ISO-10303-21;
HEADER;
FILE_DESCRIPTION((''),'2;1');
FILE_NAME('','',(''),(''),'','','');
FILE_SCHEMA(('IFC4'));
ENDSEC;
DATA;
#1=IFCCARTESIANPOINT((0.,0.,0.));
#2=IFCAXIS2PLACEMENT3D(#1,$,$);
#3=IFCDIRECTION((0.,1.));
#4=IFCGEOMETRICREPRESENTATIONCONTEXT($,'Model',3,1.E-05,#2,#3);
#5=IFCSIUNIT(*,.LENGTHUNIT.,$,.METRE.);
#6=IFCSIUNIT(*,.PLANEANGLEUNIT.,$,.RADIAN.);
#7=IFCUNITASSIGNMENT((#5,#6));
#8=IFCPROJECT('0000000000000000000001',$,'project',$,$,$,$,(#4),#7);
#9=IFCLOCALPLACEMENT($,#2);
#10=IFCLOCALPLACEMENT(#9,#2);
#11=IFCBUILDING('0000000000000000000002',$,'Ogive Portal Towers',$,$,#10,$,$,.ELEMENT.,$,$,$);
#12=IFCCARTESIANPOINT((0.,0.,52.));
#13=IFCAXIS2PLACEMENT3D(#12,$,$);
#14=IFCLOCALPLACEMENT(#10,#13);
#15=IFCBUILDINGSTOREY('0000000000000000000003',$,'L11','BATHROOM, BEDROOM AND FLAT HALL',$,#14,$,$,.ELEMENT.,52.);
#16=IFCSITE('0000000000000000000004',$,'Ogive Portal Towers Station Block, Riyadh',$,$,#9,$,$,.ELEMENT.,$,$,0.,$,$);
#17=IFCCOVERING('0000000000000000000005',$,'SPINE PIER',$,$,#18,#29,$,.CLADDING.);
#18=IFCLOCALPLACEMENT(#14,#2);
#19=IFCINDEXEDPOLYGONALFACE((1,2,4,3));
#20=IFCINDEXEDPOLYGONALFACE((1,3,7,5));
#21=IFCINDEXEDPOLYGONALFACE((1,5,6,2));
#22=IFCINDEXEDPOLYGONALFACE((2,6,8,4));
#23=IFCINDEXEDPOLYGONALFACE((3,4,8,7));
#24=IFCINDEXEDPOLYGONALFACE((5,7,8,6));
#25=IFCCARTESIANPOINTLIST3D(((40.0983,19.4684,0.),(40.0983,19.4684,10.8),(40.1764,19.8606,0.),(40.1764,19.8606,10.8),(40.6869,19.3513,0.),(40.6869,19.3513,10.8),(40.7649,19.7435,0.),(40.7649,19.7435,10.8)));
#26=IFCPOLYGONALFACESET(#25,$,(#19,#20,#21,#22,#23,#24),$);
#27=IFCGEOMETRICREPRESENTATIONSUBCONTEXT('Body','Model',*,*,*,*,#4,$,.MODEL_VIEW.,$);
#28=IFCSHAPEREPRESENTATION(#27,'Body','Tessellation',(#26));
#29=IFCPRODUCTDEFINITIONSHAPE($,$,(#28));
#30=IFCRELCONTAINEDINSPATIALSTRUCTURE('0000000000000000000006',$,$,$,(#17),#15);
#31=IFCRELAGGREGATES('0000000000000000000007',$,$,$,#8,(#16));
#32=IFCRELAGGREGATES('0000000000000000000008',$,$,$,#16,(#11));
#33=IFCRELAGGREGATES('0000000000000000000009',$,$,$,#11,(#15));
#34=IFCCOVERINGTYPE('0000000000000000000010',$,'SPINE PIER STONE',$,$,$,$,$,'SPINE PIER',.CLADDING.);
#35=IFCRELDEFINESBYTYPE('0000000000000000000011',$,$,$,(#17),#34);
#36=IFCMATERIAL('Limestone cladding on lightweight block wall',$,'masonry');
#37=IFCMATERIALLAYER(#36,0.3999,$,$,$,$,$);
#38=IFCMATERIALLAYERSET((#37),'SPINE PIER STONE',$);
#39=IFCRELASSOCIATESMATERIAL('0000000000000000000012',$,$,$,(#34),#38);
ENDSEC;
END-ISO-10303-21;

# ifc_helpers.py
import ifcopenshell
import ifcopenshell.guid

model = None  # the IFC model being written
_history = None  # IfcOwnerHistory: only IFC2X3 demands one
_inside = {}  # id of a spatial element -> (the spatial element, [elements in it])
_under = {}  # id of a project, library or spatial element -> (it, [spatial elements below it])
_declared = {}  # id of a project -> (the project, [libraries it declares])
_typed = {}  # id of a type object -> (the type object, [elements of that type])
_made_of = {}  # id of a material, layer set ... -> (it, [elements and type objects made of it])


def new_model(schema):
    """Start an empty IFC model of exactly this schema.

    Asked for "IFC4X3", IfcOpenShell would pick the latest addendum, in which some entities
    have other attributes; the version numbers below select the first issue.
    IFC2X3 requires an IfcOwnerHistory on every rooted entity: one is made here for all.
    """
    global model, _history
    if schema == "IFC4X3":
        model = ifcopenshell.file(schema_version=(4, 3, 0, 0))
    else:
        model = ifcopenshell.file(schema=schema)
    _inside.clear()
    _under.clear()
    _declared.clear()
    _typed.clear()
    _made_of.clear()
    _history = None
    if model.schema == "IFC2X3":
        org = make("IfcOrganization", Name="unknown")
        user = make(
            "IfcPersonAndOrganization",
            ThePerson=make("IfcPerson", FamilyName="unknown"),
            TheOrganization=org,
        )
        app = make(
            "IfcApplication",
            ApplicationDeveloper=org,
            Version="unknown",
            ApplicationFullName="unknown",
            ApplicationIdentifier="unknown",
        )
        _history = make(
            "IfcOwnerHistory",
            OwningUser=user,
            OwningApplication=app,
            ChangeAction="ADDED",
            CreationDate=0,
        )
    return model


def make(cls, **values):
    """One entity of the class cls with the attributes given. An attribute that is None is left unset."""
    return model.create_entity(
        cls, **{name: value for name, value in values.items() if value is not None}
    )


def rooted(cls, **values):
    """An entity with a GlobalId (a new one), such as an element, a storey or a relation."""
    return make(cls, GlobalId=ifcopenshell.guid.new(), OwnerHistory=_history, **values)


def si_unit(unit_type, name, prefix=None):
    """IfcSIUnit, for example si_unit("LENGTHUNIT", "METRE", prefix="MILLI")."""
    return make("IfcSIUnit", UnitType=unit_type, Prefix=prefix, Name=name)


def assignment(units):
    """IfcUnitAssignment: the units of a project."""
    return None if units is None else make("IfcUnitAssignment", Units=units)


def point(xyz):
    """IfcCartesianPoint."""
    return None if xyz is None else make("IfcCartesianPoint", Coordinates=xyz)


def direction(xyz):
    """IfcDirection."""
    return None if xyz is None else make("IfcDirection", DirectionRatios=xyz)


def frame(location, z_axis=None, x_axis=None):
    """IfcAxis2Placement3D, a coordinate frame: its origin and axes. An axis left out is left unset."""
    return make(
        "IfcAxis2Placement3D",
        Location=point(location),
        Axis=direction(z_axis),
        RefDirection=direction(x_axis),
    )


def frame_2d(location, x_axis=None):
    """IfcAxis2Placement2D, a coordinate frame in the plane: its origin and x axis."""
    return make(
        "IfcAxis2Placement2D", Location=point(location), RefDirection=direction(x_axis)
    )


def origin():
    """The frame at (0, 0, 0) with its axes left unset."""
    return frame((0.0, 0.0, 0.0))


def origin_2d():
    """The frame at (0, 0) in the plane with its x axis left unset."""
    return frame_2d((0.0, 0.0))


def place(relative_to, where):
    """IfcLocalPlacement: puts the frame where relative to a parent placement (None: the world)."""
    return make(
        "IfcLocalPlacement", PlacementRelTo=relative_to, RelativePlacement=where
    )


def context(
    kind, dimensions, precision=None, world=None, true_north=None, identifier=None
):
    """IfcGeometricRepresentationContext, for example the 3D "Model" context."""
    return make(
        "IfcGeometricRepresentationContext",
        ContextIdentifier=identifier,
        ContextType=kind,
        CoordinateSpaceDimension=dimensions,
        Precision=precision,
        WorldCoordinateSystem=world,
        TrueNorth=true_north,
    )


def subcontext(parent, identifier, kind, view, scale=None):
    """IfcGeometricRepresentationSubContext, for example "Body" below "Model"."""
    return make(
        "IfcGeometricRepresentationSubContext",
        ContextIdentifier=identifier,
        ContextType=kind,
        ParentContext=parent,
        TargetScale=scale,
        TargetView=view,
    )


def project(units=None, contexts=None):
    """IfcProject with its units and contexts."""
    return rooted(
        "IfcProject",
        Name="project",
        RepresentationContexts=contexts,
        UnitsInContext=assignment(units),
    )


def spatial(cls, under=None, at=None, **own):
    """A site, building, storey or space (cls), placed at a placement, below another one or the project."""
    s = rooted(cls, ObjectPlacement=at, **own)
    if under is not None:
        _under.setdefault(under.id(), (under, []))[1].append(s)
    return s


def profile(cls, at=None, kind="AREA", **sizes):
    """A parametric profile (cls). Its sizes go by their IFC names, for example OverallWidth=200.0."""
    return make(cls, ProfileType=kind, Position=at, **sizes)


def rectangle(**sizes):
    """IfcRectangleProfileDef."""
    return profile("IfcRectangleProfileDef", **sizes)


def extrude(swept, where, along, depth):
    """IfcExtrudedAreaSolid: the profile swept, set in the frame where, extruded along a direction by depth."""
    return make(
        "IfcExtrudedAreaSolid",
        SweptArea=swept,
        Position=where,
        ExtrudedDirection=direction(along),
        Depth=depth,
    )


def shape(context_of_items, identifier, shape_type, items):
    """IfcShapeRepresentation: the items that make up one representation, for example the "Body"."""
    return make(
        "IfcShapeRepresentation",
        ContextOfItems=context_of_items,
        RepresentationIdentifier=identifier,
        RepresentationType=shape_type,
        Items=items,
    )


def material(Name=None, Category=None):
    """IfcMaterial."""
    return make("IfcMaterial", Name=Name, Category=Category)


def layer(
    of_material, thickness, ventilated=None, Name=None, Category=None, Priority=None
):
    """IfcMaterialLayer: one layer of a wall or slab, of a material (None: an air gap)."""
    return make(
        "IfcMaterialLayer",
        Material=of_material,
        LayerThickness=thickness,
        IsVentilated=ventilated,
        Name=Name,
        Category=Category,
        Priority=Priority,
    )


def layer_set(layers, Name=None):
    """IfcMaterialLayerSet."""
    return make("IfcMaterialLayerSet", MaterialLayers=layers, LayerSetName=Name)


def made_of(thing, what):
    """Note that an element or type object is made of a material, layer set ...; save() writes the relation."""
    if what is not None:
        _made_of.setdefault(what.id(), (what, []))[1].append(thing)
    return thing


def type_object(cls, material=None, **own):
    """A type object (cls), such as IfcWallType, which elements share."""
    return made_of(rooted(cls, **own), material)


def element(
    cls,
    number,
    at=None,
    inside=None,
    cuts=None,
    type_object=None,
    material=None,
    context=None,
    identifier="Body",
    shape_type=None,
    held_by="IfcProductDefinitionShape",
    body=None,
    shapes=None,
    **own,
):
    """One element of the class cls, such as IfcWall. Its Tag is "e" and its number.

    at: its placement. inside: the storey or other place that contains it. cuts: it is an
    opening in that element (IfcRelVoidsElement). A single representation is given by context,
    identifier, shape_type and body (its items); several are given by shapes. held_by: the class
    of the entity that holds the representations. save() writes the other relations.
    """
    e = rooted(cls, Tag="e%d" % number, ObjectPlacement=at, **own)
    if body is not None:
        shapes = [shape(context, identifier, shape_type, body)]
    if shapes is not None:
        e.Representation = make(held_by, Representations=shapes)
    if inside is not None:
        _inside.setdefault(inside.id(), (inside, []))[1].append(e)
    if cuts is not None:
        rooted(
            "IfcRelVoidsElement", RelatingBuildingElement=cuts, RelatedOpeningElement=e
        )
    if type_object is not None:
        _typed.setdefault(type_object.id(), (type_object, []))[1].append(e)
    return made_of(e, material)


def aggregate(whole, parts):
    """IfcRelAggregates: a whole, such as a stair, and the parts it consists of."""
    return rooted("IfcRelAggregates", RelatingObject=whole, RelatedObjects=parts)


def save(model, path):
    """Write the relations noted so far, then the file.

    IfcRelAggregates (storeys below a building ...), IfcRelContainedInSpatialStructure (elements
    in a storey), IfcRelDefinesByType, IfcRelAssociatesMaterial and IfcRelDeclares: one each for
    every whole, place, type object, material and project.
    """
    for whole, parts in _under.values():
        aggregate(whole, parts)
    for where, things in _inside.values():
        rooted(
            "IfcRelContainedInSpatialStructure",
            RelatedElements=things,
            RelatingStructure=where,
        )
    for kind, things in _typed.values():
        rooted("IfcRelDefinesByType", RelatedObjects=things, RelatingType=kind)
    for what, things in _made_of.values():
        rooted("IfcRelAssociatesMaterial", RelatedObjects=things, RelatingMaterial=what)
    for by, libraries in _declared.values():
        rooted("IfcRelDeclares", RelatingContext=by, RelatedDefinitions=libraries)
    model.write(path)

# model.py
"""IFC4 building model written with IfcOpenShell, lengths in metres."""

from ifc_helpers import new_model, si_unit, direction, frame, origin, origin_2d, place, context, subcontext, project, spatial, rectangle, extrude, material, layer, layer_set, type_object, element, save


model = new_model("IFC4")

# Units and contexts
model_context = context("Model", 3, precision=1e-05, world=origin(), true_north=direction((0.0, 1.0)))
body_context = subcontext(model_context, "Body", "Model", "MODEL_VIEW")
ifc_project = project(units=[si_unit("LENGTHUNIT", "METRE"), si_unit("PLANEANGLEUNIT", "RADIAN")], contexts=[model_context])

# Site, building, storey
site_placement = place(None, origin())
site = spatial("IfcSite", under=ifc_project, at=site_placement, Name="Ogive Portal Towers Station Block, Riyadh", CompositionType="ELEMENT", RefElevation=0.0)
building_placement = place(site_placement, origin())
building = spatial("IfcBuilding", under=site, at=building_placement, Name="Ogive Portal Towers", CompositionType="ELEMENT")
storey_placement = place(building_placement, frame((0.0, 0.0, 52.0)))
storey = spatial("IfcBuildingStorey", under=building, at=storey_placement, Name="L11", Description="BATHROOM, BEDROOM AND FLAT HALL", CompositionType="ELEMENT", Elevation=52.0)

# Shared definitions
ifc_material_1 = material(Name="Limestone cladding on lightweight block wall", Category="masonry")

# Covering
ifc_layer_1 = layer(ifc_material_1, 0.3999)
ifc_layer_set_1 = layer_set([ifc_layer_1], Name="SPINE PIER STONE")
covering_type = type_object("IfcCoveringType", Name="SPINE PIER STONE", ElementType="SPINE PIER", PredefinedType="CLADDING", material=ifc_layer_set_1)
covering_placement = place(storey_placement, frame((40.4316, 19.606, 0.0), z_axis=(0.0, 0.0, 1.0), x_axis=(0.980785, -0.19509, 0.0)))
element("IfcCovering", 1, at=covering_placement, inside=storey, type_object=covering_type, Name="SPINE PIER", PredefinedType="CLADDING", context=body_context, shape_type="SweptSolid", body=[
    extrude(rectangle(XDim=0.6001, YDim=0.3999, at=origin_2d()), origin(), (0.0, 0.0, 1.0), 10.8),
])

save(model, "model.ifc")
